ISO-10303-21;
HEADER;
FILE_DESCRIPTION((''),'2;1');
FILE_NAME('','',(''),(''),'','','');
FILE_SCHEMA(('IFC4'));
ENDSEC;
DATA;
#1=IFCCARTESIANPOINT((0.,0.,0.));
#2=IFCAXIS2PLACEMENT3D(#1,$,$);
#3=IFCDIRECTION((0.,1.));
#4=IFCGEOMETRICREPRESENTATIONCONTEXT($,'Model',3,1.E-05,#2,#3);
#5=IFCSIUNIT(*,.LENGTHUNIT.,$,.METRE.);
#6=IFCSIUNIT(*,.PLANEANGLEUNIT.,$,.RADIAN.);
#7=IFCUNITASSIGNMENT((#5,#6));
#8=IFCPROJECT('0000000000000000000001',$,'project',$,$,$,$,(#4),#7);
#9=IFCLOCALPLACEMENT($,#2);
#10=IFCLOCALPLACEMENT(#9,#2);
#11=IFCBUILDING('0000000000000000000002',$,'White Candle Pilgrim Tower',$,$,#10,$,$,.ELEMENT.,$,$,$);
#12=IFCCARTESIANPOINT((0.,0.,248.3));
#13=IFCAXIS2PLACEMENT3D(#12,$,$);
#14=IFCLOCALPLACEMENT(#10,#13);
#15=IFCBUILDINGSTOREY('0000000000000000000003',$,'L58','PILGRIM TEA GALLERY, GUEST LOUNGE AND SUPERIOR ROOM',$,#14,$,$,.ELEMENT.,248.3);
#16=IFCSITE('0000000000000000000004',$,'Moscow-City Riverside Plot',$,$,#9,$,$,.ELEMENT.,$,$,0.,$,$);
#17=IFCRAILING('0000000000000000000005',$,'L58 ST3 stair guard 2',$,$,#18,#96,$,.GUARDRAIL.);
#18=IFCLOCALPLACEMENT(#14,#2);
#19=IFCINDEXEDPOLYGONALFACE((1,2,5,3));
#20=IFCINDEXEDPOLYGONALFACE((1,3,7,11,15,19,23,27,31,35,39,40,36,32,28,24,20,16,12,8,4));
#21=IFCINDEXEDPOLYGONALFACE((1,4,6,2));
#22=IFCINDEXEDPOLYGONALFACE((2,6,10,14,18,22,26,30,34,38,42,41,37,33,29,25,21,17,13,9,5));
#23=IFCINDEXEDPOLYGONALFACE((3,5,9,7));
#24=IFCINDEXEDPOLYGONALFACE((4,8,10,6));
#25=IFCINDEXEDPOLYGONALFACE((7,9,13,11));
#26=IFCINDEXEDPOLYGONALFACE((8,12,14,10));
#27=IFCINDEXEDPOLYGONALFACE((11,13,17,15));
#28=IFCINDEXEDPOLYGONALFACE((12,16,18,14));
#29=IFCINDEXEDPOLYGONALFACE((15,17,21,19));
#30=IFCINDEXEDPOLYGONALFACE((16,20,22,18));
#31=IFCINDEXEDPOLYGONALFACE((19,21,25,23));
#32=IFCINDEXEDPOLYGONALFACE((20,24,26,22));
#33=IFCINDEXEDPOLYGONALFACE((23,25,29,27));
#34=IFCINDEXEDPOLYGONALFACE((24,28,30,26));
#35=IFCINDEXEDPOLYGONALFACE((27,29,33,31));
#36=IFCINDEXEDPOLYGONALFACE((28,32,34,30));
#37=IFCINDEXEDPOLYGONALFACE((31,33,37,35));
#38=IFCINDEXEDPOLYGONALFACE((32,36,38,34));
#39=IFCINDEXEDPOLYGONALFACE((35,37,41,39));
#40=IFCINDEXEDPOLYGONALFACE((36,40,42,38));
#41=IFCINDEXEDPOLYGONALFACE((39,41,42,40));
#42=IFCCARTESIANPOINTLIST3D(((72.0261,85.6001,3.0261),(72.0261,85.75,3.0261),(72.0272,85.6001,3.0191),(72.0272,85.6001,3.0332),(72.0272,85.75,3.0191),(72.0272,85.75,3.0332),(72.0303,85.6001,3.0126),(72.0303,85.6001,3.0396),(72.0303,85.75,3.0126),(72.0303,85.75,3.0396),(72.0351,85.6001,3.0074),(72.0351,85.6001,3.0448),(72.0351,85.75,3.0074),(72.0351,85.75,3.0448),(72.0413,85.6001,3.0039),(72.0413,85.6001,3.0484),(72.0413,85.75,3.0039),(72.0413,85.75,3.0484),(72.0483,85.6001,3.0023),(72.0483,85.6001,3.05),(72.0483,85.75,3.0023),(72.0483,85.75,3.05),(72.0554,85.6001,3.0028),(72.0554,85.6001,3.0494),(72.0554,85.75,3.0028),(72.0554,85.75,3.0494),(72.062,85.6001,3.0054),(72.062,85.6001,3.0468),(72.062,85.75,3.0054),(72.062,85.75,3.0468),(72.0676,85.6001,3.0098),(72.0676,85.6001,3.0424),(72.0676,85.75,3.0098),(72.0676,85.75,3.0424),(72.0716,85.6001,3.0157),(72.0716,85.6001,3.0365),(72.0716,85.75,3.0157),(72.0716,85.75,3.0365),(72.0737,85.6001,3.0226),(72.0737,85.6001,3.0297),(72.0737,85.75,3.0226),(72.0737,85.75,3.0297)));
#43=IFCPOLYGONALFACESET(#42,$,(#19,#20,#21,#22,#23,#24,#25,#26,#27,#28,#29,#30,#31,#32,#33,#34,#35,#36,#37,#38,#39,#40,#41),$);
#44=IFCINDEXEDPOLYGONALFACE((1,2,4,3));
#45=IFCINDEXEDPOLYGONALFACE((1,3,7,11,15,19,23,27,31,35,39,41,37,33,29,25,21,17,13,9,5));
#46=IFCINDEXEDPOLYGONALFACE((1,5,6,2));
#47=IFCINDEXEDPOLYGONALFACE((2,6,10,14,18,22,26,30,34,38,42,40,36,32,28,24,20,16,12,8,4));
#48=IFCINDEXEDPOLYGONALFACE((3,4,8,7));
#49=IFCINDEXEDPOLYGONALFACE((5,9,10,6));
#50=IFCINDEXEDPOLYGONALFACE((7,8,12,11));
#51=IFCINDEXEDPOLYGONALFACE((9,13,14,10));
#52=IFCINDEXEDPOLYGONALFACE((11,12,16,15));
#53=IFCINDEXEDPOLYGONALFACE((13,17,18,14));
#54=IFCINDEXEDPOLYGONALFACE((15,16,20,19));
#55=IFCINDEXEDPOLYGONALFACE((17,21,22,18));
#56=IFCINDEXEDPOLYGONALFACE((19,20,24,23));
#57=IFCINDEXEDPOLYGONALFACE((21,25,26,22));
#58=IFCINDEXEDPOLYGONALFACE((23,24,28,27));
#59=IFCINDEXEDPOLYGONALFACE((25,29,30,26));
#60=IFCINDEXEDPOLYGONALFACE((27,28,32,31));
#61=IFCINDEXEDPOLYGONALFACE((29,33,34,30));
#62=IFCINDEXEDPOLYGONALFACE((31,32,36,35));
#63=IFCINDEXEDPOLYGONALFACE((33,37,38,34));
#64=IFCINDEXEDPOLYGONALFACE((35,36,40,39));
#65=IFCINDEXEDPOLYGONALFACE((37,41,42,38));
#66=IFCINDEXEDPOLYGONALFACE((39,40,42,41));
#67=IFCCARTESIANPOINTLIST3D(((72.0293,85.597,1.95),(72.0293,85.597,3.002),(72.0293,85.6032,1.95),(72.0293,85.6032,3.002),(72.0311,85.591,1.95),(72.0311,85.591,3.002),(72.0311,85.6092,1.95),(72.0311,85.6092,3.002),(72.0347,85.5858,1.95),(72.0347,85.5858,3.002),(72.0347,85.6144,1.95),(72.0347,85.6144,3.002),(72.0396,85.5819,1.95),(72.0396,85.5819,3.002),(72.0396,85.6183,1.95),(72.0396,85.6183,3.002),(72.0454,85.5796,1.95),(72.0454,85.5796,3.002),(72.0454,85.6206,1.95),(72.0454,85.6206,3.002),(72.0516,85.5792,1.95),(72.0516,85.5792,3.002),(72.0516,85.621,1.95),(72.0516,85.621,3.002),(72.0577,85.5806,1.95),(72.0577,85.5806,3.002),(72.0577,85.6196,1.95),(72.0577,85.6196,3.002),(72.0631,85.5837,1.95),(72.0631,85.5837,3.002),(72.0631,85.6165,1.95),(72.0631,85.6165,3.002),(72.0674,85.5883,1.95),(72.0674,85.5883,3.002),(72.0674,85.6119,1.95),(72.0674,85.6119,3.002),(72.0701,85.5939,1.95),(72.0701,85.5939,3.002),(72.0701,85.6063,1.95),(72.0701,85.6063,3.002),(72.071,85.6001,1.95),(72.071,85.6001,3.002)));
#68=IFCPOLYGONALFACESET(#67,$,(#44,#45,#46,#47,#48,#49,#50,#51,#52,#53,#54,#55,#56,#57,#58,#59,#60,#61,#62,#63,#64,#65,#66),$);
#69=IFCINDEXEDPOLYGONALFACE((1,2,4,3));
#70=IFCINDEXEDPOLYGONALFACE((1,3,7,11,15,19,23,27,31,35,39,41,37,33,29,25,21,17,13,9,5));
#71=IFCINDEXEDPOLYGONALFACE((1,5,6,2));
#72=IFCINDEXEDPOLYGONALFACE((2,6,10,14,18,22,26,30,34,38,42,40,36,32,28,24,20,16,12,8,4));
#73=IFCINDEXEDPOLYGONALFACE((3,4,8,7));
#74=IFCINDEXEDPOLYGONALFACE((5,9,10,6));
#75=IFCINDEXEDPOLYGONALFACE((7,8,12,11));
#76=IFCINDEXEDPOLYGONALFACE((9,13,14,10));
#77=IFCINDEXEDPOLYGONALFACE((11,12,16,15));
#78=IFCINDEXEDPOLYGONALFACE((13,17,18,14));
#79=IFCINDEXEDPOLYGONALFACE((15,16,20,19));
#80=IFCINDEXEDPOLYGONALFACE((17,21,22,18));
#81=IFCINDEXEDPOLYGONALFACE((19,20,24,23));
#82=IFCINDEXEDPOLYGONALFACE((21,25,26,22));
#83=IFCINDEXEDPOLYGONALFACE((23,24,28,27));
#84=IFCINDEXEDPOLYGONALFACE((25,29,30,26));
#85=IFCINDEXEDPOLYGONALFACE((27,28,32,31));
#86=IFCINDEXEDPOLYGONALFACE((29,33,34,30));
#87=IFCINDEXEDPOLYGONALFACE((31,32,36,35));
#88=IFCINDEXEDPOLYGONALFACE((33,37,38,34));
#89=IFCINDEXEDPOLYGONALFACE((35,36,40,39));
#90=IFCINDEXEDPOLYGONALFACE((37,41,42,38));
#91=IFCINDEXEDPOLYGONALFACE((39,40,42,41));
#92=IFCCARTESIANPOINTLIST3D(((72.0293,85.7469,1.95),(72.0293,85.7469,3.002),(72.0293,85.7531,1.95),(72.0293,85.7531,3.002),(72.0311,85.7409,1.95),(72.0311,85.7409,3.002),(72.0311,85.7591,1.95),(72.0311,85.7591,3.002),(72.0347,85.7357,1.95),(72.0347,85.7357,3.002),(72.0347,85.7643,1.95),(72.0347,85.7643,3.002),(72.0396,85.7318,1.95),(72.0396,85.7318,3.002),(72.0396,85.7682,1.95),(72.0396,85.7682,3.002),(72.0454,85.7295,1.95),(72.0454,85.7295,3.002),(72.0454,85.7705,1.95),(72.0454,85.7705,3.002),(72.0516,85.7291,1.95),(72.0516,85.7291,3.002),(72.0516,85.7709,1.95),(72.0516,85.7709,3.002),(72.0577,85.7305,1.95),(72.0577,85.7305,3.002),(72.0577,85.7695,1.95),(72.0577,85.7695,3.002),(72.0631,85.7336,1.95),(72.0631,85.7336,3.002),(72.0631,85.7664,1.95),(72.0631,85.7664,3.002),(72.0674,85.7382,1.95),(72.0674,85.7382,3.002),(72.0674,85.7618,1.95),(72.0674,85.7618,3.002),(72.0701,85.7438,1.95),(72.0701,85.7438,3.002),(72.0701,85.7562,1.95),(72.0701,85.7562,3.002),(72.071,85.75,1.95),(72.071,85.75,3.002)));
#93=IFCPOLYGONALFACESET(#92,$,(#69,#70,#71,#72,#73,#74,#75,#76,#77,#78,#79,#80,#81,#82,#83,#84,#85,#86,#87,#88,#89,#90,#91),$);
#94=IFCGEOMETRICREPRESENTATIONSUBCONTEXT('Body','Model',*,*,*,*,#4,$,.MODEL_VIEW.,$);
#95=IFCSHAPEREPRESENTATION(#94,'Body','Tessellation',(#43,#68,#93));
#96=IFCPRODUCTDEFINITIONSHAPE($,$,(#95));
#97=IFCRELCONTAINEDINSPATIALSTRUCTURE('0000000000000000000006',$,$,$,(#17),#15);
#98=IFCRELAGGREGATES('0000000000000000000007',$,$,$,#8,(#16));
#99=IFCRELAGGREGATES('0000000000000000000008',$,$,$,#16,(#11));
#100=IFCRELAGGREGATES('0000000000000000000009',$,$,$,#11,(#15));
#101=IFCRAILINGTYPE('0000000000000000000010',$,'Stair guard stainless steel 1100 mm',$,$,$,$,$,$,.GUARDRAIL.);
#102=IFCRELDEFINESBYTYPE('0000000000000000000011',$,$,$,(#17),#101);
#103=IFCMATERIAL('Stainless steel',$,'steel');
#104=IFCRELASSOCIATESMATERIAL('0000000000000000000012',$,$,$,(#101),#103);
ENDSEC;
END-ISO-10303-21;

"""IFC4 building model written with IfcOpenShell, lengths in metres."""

from ifc_helpers import new_model, si_unit, direction, frame, origin, origin_2d, place, context, subcontext, project, spatial, circle, extrude, material, type_object, element, save


model = new_model("IFC4")

# Units and contexts
model_context = context("Model", 3, precision=1e-05, world=origin(), true_north=direction((0.0, 1.0)))
body_context = subcontext(model_context, "Body", "Model", "MODEL_VIEW")
ifc_project = project(units=[si_unit("LENGTHUNIT", "METRE"), si_unit("PLANEANGLEUNIT", "RADIAN")], contexts=[model_context])

# Site, building, storey
site_placement = place(None, origin())
site = spatial("IfcSite", under=ifc_project, at=site_placement, Name="Moscow-City Riverside Plot", CompositionType="ELEMENT", RefElevation=0.0)
building_placement = place(site_placement, origin())
building = spatial("IfcBuilding", under=site, at=building_placement, Name="White Candle Pilgrim Tower", CompositionType="ELEMENT")
storey_placement = place(building_placement, frame((0.0, 0.0, 248.3)))
storey = spatial("IfcBuildingStorey", under=building, at=storey_placement, Name="L58", Description="PILGRIM TEA GALLERY, GUEST LOUNGE AND SUPERIOR ROOM", CompositionType="ELEMENT", Elevation=248.3)

# Railing
ifc_material_1 = material(Name="Stainless steel", Category="steel")
railing_type_1 = type_object("IfcRailingType", Name="Stair guard stainless steel 1100 mm", PredefinedType="GUARDRAIL", material=ifc_material_1)
railing_1_placement = place(storey_placement, frame((72.05, 85.6001, 1.95)))
element("IfcRailing", 1, at=railing_1_placement, inside=storey, type_object=railing_type_1, Name="L58 ST3 stair guard 2", PredefinedType="GUARDRAIL", context=body_context, shape_type="SweptSolid", body=[
    extrude(circle(Radius=0.0239, at=origin_2d()), frame((0.0, 0.0, 1.0762), z_axis=(0.0, 1.0, 0.0), x_axis=(-1.0, 0.0, 0.0)), (0.0, 0.0, 1.0), 0.1499),
    extrude(circle(Radius=0.021, at=origin_2d()), origin(), (0.0, 0.0, 1.0), 1.052),
    extrude(circle(Radius=0.021, at=origin_2d()), frame((0.0, 0.1499, 0.0)), (0.0, 0.0, 1.0), 1.052),
])

save(model, "model.ifc")
